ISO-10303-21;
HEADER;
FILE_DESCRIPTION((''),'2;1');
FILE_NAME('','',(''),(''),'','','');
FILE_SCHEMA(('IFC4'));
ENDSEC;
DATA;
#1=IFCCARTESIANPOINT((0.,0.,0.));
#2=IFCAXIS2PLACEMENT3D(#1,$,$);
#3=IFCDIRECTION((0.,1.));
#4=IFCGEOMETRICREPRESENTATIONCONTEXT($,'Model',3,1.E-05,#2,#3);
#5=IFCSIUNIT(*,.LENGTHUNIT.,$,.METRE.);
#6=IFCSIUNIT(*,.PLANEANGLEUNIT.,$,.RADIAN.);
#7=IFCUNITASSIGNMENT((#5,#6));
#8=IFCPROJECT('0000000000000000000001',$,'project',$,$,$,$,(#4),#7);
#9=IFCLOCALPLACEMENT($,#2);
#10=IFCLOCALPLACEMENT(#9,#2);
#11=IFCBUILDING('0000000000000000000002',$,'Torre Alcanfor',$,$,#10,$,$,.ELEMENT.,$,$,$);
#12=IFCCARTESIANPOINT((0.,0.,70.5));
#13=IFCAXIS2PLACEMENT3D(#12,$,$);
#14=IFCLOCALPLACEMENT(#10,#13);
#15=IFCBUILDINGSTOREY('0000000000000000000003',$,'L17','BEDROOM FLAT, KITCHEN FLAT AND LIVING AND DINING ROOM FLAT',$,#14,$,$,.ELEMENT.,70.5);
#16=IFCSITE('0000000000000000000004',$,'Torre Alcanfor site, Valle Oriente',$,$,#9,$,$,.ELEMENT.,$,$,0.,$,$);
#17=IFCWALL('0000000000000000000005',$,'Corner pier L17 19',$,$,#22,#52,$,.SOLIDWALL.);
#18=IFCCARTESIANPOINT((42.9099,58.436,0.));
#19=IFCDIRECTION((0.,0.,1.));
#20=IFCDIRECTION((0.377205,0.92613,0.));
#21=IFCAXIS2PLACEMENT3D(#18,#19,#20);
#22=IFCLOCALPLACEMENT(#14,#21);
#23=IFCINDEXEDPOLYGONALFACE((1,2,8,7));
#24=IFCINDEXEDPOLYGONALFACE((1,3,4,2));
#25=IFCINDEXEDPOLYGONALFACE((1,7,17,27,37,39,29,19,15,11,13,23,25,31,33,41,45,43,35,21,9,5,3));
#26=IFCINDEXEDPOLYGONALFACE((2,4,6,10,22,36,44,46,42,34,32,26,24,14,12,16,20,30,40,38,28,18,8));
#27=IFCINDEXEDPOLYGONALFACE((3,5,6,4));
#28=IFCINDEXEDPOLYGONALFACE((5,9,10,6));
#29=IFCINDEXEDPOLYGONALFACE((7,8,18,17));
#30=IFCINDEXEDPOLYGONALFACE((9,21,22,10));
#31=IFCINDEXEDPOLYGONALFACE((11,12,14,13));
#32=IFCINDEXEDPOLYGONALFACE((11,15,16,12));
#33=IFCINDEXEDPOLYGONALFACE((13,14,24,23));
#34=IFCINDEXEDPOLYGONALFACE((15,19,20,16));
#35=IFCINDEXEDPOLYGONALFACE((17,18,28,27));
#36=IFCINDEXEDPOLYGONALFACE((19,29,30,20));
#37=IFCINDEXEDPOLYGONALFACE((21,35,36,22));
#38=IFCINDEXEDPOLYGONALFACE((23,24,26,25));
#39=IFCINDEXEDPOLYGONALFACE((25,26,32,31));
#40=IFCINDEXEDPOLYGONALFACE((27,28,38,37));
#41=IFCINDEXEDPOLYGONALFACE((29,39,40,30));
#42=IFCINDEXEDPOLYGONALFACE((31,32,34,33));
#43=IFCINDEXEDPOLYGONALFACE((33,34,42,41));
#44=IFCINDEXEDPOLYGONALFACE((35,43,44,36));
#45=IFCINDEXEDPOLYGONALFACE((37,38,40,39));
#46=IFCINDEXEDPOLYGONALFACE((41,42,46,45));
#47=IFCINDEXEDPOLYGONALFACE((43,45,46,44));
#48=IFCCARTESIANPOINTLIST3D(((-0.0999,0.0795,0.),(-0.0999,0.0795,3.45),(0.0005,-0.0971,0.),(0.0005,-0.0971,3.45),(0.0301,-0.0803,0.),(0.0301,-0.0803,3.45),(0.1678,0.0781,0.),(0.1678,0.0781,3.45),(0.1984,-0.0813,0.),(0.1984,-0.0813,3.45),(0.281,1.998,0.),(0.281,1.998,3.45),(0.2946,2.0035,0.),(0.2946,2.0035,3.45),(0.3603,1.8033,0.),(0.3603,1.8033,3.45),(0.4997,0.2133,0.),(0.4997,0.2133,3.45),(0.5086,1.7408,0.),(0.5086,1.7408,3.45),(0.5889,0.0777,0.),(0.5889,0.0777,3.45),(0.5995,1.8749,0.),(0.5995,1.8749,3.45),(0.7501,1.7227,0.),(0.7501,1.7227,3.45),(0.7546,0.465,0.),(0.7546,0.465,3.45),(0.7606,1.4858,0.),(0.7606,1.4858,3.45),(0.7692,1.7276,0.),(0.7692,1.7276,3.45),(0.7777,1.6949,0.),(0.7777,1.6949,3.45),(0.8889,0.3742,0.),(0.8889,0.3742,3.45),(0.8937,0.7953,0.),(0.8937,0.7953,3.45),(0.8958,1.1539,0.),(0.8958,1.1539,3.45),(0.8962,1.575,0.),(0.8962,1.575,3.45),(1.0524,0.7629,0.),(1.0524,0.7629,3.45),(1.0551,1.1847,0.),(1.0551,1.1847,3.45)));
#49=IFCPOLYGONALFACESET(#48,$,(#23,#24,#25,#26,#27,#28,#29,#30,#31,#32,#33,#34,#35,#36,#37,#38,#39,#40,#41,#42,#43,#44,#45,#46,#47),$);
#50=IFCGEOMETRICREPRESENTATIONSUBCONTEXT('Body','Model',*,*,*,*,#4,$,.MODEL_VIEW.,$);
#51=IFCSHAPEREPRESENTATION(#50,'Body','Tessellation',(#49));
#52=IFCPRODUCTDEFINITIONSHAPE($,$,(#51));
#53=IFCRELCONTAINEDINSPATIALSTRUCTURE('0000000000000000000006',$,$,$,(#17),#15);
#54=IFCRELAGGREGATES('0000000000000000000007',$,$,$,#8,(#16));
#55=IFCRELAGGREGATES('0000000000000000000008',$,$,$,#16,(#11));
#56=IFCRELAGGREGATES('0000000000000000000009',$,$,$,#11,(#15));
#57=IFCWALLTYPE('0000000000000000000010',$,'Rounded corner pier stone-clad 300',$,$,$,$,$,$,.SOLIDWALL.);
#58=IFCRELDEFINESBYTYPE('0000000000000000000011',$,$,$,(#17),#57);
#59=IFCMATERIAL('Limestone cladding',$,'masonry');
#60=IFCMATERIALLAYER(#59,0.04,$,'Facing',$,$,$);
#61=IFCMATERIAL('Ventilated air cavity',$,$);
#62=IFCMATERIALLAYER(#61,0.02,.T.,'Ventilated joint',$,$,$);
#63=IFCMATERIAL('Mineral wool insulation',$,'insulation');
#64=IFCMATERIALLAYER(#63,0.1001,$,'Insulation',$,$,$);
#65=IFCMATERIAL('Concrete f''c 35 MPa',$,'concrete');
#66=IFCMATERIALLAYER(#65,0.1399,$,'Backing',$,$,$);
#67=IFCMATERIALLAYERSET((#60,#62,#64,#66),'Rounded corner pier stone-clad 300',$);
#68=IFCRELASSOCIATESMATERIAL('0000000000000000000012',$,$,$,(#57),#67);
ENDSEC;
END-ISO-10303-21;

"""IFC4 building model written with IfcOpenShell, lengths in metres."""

from ifc_helpers import new_model, si_unit, direction, frame, origin, place, context, subcontext, project, spatial, polyline, outline, extrude, material, layer, layer_set, type_object, element, save


model = new_model("IFC4")

# Units and contexts
model_context = context("Model", 3, precision=1e-05, world=origin(), true_north=direction((0.0, 1.0)))
body_context = subcontext(model_context, "Body", "Model", "MODEL_VIEW")
ifc_project = project(units=[si_unit("LENGTHUNIT", "METRE"), si_unit("PLANEANGLEUNIT", "RADIAN")], contexts=[model_context])

# Site, building, storey
site_placement = place(None, origin())
site = spatial("IfcSite", under=ifc_project, at=site_placement, Name="Torre Alcanfor site, Valle Oriente", CompositionType="ELEMENT", RefElevation=0.0)
building_placement = place(site_placement, origin())
building = spatial("IfcBuilding", under=site, at=building_placement, Name="Torre Alcanfor", CompositionType="ELEMENT")
storey_placement = place(building_placement, frame((0.0, 0.0, 70.5)))
storey = spatial("IfcBuildingStorey", under=building, at=storey_placement, Name="L17", Description="BEDROOM FLAT, KITCHEN FLAT AND LIVING AND DINING ROOM FLAT", CompositionType="ELEMENT", Elevation=70.5)

# Shared definitions
ifc_material_1 = material(Name="Limestone cladding", Category="masonry")
ifc_material_2 = material(Name="Ventilated air cavity")
ifc_material_3 = material(Name="Mineral wool insulation", Category="insulation")
ifc_material_4 = material(Name="Concrete f'c 35 MPa", Category="concrete")

# Wall
ifc_layer_1 = layer(ifc_material_1, 0.04, Name="Facing")
ifc_layer_2 = layer(ifc_material_2, 0.02, ventilated=True, Name="Ventilated joint")
ifc_layer_3 = layer(ifc_material_3, 0.1001, Name="Insulation")
ifc_layer_4 = layer(ifc_material_4, 0.1399, Name="Backing")
ifc_layer_set_1 = layer_set([ifc_layer_1, ifc_layer_2, ifc_layer_3, ifc_layer_4], Name="Rounded corner pier stone-clad 300")
wall_type_1 = type_object("IfcWallType", Name="Rounded corner pier stone-clad 300", PredefinedType="SOLIDWALL", material=ifc_layer_set_1)
wall_1_placement = place(storey_placement, frame((42.9099, 58.436, 0.0), z_axis=(0.0, 0.0, 1.0), x_axis=(0.377205, 0.92613, 0.0)))
element("IfcWall", 1, at=wall_1_placement, inside=storey, type_object=wall_type_1, Name="Corner pier L17 19", PredefinedType="SOLIDWALL", context=body_context, shape_type="SweptSolid", body=[
    extrude(outline(polyline([(0.7692, 1.7276), (0.7501, 1.7227), (0.5995, 1.8749), (0.2946, 2.0035), (0.281, 1.998), (0.3603, 1.8033), (0.5086, 1.7408), (0.7606, 1.4858), (0.8958, 1.1539), (0.8937, 0.7953), (0.7546, 0.465), (0.4997, 0.2133), (0.1678, 0.0781), (-0.0999, 0.0795), (0.0005, -0.0971), (0.0301, -0.0803), (0.1984, -0.0813), (0.5889, 0.0777), (0.8889, 0.3742), (1.0524, 0.7629), (1.0551, 1.1847), (0.8962, 1.575), (0.7777, 1.6949), (0.7692, 1.7276)])), origin(), (0.0, 0.0, 1.0), 3.45),
])

save(model, "model.ifc")
